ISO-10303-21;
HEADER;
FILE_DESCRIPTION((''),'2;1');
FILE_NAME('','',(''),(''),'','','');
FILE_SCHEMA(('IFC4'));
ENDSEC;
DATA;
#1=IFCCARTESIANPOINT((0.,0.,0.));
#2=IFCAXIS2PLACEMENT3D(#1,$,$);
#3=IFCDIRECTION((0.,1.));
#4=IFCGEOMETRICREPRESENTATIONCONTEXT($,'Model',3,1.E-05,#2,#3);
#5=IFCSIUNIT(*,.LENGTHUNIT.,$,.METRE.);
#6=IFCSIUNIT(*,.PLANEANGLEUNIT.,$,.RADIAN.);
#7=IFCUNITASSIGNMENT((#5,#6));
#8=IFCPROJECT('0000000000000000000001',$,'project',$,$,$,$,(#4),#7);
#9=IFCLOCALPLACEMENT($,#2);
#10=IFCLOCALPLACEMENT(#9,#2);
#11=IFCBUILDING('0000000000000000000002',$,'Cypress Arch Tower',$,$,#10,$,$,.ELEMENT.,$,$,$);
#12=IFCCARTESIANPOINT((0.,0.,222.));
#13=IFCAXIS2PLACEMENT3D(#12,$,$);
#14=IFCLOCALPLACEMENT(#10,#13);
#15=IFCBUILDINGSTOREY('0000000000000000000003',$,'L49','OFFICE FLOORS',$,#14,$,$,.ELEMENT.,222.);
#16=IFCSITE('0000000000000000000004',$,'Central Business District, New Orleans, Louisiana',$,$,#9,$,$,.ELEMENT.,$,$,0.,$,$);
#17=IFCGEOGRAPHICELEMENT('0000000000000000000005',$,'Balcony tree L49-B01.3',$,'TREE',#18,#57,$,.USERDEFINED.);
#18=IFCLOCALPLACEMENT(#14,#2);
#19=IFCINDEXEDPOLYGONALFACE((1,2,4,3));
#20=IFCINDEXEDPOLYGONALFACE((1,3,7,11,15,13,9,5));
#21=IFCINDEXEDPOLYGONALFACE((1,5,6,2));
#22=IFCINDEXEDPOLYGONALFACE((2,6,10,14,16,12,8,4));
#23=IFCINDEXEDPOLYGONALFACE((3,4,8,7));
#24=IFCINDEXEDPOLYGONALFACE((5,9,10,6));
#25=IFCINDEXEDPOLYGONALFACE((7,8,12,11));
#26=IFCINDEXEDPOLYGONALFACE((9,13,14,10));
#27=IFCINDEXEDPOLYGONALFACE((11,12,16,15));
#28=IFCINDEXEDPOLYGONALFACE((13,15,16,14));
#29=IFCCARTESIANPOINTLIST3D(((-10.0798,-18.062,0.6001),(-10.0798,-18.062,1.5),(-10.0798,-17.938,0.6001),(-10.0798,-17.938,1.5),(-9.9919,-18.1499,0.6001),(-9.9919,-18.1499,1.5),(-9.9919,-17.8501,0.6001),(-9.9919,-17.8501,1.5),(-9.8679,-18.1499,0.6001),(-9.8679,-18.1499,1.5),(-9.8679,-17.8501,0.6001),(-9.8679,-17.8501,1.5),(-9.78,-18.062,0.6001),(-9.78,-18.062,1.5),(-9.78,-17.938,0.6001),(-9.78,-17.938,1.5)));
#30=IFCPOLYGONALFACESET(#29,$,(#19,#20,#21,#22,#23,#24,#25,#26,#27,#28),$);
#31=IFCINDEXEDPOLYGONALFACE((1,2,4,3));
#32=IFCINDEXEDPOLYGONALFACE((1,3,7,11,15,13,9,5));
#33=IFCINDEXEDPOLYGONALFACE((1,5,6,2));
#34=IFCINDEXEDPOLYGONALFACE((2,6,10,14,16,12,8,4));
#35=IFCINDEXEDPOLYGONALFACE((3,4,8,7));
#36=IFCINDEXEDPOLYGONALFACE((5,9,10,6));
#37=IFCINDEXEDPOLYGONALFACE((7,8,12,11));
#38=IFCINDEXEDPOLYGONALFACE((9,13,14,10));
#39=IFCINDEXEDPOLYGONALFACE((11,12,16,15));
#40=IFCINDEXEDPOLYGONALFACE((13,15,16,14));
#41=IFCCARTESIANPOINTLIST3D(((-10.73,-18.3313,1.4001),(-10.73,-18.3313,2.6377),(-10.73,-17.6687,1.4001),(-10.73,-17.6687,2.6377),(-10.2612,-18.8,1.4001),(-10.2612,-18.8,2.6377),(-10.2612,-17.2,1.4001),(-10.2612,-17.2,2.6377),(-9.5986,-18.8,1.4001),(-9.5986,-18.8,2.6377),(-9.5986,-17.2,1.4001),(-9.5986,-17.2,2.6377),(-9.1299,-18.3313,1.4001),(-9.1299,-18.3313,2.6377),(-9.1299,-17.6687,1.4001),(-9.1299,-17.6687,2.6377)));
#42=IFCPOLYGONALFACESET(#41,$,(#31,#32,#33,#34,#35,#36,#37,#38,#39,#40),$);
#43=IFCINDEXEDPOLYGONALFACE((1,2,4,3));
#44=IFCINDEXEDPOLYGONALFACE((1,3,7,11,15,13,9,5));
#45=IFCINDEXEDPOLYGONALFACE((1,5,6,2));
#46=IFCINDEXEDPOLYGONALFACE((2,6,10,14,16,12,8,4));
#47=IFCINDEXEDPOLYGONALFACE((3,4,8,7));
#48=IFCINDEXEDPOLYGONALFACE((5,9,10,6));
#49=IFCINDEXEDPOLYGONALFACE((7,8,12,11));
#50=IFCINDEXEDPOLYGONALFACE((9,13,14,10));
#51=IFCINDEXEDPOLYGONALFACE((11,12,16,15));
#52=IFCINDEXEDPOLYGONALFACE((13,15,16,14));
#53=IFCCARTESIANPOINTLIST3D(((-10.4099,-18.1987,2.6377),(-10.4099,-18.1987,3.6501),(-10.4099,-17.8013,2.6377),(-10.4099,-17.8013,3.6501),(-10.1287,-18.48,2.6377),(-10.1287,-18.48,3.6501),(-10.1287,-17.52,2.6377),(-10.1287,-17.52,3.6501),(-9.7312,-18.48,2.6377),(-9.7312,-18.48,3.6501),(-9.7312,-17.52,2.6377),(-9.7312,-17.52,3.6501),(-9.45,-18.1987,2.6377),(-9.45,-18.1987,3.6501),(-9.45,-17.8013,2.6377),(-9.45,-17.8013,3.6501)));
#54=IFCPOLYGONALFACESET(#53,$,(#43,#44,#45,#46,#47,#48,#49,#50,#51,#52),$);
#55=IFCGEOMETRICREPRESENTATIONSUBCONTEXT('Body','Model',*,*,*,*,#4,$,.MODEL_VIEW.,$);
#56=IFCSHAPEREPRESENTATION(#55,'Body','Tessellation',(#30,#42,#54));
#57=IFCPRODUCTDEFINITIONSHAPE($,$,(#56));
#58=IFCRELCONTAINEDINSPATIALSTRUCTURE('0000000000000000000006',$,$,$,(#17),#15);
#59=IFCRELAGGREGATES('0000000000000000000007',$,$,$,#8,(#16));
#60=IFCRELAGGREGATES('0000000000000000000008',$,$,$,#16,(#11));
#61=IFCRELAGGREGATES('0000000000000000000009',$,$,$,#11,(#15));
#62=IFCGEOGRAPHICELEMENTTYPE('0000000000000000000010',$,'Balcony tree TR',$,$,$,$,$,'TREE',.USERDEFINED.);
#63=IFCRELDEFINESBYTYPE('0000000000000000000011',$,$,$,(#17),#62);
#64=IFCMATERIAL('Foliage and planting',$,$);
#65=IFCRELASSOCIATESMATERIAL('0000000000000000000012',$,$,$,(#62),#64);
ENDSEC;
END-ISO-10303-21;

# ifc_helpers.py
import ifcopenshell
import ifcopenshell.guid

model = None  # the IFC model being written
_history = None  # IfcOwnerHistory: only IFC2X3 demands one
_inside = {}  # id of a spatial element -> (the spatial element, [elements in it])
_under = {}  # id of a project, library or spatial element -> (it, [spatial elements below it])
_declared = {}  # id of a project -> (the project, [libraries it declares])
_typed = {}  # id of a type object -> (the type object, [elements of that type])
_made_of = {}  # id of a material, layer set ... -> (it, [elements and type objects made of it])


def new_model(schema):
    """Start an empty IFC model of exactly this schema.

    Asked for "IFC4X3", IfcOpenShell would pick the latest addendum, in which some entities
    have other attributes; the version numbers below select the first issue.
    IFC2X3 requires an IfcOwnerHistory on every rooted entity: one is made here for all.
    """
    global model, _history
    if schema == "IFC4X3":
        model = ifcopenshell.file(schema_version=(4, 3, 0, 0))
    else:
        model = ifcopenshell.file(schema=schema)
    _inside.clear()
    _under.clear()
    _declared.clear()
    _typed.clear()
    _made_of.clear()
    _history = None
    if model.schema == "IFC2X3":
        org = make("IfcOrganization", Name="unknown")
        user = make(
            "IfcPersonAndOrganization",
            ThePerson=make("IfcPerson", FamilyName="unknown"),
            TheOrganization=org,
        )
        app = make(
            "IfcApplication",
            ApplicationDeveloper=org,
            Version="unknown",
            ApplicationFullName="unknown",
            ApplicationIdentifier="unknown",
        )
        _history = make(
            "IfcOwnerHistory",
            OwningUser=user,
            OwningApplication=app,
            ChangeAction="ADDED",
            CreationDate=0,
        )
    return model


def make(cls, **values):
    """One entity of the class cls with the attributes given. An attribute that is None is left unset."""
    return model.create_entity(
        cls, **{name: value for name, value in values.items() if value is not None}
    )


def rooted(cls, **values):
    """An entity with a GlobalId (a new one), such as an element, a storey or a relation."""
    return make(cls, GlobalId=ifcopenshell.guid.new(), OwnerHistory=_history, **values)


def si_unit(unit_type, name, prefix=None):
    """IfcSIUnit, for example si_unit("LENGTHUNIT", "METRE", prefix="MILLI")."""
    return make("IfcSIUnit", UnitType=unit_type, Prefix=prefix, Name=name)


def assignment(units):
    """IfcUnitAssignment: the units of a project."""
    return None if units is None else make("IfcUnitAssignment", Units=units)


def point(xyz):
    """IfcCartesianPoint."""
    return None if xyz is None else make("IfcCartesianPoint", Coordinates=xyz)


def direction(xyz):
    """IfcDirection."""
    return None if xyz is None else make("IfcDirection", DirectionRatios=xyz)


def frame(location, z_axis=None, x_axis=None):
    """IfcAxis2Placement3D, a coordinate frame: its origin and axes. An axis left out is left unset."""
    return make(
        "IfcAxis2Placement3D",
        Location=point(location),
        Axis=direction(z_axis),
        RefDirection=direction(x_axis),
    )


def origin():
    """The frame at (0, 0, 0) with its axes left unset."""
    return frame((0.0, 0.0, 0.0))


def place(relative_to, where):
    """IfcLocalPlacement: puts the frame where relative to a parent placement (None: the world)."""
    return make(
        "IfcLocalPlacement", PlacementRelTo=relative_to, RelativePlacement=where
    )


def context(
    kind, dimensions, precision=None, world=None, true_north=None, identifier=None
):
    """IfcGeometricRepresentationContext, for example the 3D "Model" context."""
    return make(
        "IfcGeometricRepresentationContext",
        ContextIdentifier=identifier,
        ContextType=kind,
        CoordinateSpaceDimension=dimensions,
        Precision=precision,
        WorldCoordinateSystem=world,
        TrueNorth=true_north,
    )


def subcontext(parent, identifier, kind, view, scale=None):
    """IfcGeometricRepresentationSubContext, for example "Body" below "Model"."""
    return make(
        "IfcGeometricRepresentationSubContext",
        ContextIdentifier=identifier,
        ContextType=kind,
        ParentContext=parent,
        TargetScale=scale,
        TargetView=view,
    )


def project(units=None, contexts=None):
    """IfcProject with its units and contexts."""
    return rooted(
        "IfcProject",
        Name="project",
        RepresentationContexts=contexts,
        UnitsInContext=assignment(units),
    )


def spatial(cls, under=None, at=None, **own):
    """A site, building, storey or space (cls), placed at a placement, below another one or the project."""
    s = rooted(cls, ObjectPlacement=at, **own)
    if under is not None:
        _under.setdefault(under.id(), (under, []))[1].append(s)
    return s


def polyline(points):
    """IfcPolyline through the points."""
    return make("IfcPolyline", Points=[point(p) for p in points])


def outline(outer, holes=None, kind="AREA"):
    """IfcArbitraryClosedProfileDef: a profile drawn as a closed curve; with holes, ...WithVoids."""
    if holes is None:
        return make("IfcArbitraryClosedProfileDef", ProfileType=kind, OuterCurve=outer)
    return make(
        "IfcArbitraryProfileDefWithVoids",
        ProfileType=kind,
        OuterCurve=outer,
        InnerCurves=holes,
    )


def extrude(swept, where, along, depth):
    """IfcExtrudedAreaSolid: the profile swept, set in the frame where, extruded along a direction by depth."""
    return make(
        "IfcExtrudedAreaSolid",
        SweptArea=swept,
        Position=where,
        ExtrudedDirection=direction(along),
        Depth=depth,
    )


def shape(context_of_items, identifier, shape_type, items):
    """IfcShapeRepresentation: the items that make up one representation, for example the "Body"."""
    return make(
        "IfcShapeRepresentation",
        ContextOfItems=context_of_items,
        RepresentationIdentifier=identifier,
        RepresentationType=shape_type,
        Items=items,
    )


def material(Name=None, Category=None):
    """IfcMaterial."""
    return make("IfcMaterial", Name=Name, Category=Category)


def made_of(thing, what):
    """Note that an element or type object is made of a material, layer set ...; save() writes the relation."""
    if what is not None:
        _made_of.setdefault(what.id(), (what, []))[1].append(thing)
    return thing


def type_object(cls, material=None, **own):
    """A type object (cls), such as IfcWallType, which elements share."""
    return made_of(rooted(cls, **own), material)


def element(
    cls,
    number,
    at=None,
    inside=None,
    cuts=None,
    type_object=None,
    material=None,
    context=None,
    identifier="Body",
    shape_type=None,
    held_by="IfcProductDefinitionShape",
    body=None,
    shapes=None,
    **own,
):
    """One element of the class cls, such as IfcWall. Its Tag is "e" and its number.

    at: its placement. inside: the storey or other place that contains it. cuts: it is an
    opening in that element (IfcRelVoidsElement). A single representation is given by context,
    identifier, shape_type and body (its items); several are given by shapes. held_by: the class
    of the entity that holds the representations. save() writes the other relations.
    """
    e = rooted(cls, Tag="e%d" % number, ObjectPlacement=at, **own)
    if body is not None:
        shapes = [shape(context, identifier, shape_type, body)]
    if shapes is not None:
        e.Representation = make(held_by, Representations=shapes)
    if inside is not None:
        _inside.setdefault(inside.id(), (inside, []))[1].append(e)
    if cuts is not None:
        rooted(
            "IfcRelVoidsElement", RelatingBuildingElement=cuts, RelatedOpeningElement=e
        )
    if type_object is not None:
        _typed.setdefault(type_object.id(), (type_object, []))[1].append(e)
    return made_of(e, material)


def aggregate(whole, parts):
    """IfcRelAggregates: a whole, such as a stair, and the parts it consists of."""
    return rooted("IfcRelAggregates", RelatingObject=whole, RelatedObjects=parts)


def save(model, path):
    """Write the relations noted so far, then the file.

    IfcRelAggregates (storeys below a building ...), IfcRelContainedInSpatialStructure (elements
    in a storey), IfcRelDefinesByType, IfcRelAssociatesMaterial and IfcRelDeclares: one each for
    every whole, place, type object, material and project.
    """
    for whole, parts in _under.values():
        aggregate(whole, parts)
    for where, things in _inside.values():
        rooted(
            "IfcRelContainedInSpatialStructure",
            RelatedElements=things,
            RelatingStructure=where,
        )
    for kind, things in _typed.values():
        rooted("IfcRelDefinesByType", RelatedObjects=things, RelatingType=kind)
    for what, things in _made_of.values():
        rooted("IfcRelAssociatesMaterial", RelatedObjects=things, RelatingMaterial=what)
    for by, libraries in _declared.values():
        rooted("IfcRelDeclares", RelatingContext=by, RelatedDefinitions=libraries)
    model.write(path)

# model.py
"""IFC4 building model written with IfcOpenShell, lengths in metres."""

from ifc_helpers import new_model, si_unit, direction, frame, origin, place, context, subcontext, project, spatial, polyline, outline, extrude, material, type_object, element, save


model = new_model("IFC4")

# Units and contexts
model_context = context("Model", 3, precision=1e-05, world=origin(), true_north=direction((0.0, 1.0)))
body_context = subcontext(model_context, "Body", "Model", "MODEL_VIEW")
ifc_project = project(units=[si_unit("LENGTHUNIT", "METRE"), si_unit("PLANEANGLEUNIT", "RADIAN")], contexts=[model_context])

# Site, building, storey
site_placement = place(None, origin())
site = spatial("IfcSite", under=ifc_project, at=site_placement, Name="Central Business District, New Orleans, Louisiana", CompositionType="ELEMENT", RefElevation=0.0)
building_placement = place(site_placement, origin())
building = spatial("IfcBuilding", under=site, at=building_placement, Name="Cypress Arch Tower", CompositionType="ELEMENT")
storey_placement = place(building_placement, frame((0.0, 0.0, 222.0)))
storey = spatial("IfcBuildingStorey", under=building, at=storey_placement, Name="L49", Description="OFFICE FLOORS", CompositionType="ELEMENT", Elevation=222.0)

# Geographic element
ifc_material_1 = material(Name="Foliage and planting")
geographic_element_type = type_object("IfcGeographicElementType", Name="Balcony tree TR", ElementType="TREE", PredefinedType="USERDEFINED", material=ifc_material_1)
for number, where, z_axis, x_axis, name in (
    (1, (-9.9299, -18.0, 0.6001), (0.0, 0.0, 1.0), (1.0, 0.0, 0.0), "Balcony tree L49-B01.3"),
):
    element("IfcGeographicElement", number, at=place(storey_placement, frame(where, z_axis=z_axis, x_axis=x_axis)), inside=storey, type_object=geographic_element_type, Name=name, ObjectType="TREE", PredefinedType="USERDEFINED", context=body_context, shape_type="SweptSolid", body=[
        extrude(outline(polyline([(0.1499, 0.062), (0.062, 0.1499), (-0.062, 0.1499), (-0.1499, 0.062), (-0.1499, -0.062), (-0.062, -0.1499), (0.062, -0.1499), (0.1499, -0.062), (0.1499, 0.062)])), origin(), (0.0, 0.0, 1.0), 0.8999),
        extrude(outline(polyline([(0.8, 0.3313), (0.3313, 0.8), (-0.3313, 0.8), (-0.8, 0.3313), (-0.8, -0.3313), (-0.3313, -0.8), (0.3313, -0.8), (0.8, -0.3313), (0.8, 0.3313)])), frame((0.0, 0.0, 0.8)), (0.0, 0.0, 1.0), 1.2375),
        extrude(outline(polyline([(0.48, 0.1987), (0.1987, 0.48), (-0.1987, 0.48), (-0.48, 0.1987), (-0.48, -0.1987), (-0.1987, -0.48), (0.1987, -0.48), (0.48, -0.1987), (0.48, 0.1987)])), frame((0.0, 0.0, 2.0376)), (0.0, 0.0, 1.0), 1.0125),
    ])

save(model, "model.ifc")
